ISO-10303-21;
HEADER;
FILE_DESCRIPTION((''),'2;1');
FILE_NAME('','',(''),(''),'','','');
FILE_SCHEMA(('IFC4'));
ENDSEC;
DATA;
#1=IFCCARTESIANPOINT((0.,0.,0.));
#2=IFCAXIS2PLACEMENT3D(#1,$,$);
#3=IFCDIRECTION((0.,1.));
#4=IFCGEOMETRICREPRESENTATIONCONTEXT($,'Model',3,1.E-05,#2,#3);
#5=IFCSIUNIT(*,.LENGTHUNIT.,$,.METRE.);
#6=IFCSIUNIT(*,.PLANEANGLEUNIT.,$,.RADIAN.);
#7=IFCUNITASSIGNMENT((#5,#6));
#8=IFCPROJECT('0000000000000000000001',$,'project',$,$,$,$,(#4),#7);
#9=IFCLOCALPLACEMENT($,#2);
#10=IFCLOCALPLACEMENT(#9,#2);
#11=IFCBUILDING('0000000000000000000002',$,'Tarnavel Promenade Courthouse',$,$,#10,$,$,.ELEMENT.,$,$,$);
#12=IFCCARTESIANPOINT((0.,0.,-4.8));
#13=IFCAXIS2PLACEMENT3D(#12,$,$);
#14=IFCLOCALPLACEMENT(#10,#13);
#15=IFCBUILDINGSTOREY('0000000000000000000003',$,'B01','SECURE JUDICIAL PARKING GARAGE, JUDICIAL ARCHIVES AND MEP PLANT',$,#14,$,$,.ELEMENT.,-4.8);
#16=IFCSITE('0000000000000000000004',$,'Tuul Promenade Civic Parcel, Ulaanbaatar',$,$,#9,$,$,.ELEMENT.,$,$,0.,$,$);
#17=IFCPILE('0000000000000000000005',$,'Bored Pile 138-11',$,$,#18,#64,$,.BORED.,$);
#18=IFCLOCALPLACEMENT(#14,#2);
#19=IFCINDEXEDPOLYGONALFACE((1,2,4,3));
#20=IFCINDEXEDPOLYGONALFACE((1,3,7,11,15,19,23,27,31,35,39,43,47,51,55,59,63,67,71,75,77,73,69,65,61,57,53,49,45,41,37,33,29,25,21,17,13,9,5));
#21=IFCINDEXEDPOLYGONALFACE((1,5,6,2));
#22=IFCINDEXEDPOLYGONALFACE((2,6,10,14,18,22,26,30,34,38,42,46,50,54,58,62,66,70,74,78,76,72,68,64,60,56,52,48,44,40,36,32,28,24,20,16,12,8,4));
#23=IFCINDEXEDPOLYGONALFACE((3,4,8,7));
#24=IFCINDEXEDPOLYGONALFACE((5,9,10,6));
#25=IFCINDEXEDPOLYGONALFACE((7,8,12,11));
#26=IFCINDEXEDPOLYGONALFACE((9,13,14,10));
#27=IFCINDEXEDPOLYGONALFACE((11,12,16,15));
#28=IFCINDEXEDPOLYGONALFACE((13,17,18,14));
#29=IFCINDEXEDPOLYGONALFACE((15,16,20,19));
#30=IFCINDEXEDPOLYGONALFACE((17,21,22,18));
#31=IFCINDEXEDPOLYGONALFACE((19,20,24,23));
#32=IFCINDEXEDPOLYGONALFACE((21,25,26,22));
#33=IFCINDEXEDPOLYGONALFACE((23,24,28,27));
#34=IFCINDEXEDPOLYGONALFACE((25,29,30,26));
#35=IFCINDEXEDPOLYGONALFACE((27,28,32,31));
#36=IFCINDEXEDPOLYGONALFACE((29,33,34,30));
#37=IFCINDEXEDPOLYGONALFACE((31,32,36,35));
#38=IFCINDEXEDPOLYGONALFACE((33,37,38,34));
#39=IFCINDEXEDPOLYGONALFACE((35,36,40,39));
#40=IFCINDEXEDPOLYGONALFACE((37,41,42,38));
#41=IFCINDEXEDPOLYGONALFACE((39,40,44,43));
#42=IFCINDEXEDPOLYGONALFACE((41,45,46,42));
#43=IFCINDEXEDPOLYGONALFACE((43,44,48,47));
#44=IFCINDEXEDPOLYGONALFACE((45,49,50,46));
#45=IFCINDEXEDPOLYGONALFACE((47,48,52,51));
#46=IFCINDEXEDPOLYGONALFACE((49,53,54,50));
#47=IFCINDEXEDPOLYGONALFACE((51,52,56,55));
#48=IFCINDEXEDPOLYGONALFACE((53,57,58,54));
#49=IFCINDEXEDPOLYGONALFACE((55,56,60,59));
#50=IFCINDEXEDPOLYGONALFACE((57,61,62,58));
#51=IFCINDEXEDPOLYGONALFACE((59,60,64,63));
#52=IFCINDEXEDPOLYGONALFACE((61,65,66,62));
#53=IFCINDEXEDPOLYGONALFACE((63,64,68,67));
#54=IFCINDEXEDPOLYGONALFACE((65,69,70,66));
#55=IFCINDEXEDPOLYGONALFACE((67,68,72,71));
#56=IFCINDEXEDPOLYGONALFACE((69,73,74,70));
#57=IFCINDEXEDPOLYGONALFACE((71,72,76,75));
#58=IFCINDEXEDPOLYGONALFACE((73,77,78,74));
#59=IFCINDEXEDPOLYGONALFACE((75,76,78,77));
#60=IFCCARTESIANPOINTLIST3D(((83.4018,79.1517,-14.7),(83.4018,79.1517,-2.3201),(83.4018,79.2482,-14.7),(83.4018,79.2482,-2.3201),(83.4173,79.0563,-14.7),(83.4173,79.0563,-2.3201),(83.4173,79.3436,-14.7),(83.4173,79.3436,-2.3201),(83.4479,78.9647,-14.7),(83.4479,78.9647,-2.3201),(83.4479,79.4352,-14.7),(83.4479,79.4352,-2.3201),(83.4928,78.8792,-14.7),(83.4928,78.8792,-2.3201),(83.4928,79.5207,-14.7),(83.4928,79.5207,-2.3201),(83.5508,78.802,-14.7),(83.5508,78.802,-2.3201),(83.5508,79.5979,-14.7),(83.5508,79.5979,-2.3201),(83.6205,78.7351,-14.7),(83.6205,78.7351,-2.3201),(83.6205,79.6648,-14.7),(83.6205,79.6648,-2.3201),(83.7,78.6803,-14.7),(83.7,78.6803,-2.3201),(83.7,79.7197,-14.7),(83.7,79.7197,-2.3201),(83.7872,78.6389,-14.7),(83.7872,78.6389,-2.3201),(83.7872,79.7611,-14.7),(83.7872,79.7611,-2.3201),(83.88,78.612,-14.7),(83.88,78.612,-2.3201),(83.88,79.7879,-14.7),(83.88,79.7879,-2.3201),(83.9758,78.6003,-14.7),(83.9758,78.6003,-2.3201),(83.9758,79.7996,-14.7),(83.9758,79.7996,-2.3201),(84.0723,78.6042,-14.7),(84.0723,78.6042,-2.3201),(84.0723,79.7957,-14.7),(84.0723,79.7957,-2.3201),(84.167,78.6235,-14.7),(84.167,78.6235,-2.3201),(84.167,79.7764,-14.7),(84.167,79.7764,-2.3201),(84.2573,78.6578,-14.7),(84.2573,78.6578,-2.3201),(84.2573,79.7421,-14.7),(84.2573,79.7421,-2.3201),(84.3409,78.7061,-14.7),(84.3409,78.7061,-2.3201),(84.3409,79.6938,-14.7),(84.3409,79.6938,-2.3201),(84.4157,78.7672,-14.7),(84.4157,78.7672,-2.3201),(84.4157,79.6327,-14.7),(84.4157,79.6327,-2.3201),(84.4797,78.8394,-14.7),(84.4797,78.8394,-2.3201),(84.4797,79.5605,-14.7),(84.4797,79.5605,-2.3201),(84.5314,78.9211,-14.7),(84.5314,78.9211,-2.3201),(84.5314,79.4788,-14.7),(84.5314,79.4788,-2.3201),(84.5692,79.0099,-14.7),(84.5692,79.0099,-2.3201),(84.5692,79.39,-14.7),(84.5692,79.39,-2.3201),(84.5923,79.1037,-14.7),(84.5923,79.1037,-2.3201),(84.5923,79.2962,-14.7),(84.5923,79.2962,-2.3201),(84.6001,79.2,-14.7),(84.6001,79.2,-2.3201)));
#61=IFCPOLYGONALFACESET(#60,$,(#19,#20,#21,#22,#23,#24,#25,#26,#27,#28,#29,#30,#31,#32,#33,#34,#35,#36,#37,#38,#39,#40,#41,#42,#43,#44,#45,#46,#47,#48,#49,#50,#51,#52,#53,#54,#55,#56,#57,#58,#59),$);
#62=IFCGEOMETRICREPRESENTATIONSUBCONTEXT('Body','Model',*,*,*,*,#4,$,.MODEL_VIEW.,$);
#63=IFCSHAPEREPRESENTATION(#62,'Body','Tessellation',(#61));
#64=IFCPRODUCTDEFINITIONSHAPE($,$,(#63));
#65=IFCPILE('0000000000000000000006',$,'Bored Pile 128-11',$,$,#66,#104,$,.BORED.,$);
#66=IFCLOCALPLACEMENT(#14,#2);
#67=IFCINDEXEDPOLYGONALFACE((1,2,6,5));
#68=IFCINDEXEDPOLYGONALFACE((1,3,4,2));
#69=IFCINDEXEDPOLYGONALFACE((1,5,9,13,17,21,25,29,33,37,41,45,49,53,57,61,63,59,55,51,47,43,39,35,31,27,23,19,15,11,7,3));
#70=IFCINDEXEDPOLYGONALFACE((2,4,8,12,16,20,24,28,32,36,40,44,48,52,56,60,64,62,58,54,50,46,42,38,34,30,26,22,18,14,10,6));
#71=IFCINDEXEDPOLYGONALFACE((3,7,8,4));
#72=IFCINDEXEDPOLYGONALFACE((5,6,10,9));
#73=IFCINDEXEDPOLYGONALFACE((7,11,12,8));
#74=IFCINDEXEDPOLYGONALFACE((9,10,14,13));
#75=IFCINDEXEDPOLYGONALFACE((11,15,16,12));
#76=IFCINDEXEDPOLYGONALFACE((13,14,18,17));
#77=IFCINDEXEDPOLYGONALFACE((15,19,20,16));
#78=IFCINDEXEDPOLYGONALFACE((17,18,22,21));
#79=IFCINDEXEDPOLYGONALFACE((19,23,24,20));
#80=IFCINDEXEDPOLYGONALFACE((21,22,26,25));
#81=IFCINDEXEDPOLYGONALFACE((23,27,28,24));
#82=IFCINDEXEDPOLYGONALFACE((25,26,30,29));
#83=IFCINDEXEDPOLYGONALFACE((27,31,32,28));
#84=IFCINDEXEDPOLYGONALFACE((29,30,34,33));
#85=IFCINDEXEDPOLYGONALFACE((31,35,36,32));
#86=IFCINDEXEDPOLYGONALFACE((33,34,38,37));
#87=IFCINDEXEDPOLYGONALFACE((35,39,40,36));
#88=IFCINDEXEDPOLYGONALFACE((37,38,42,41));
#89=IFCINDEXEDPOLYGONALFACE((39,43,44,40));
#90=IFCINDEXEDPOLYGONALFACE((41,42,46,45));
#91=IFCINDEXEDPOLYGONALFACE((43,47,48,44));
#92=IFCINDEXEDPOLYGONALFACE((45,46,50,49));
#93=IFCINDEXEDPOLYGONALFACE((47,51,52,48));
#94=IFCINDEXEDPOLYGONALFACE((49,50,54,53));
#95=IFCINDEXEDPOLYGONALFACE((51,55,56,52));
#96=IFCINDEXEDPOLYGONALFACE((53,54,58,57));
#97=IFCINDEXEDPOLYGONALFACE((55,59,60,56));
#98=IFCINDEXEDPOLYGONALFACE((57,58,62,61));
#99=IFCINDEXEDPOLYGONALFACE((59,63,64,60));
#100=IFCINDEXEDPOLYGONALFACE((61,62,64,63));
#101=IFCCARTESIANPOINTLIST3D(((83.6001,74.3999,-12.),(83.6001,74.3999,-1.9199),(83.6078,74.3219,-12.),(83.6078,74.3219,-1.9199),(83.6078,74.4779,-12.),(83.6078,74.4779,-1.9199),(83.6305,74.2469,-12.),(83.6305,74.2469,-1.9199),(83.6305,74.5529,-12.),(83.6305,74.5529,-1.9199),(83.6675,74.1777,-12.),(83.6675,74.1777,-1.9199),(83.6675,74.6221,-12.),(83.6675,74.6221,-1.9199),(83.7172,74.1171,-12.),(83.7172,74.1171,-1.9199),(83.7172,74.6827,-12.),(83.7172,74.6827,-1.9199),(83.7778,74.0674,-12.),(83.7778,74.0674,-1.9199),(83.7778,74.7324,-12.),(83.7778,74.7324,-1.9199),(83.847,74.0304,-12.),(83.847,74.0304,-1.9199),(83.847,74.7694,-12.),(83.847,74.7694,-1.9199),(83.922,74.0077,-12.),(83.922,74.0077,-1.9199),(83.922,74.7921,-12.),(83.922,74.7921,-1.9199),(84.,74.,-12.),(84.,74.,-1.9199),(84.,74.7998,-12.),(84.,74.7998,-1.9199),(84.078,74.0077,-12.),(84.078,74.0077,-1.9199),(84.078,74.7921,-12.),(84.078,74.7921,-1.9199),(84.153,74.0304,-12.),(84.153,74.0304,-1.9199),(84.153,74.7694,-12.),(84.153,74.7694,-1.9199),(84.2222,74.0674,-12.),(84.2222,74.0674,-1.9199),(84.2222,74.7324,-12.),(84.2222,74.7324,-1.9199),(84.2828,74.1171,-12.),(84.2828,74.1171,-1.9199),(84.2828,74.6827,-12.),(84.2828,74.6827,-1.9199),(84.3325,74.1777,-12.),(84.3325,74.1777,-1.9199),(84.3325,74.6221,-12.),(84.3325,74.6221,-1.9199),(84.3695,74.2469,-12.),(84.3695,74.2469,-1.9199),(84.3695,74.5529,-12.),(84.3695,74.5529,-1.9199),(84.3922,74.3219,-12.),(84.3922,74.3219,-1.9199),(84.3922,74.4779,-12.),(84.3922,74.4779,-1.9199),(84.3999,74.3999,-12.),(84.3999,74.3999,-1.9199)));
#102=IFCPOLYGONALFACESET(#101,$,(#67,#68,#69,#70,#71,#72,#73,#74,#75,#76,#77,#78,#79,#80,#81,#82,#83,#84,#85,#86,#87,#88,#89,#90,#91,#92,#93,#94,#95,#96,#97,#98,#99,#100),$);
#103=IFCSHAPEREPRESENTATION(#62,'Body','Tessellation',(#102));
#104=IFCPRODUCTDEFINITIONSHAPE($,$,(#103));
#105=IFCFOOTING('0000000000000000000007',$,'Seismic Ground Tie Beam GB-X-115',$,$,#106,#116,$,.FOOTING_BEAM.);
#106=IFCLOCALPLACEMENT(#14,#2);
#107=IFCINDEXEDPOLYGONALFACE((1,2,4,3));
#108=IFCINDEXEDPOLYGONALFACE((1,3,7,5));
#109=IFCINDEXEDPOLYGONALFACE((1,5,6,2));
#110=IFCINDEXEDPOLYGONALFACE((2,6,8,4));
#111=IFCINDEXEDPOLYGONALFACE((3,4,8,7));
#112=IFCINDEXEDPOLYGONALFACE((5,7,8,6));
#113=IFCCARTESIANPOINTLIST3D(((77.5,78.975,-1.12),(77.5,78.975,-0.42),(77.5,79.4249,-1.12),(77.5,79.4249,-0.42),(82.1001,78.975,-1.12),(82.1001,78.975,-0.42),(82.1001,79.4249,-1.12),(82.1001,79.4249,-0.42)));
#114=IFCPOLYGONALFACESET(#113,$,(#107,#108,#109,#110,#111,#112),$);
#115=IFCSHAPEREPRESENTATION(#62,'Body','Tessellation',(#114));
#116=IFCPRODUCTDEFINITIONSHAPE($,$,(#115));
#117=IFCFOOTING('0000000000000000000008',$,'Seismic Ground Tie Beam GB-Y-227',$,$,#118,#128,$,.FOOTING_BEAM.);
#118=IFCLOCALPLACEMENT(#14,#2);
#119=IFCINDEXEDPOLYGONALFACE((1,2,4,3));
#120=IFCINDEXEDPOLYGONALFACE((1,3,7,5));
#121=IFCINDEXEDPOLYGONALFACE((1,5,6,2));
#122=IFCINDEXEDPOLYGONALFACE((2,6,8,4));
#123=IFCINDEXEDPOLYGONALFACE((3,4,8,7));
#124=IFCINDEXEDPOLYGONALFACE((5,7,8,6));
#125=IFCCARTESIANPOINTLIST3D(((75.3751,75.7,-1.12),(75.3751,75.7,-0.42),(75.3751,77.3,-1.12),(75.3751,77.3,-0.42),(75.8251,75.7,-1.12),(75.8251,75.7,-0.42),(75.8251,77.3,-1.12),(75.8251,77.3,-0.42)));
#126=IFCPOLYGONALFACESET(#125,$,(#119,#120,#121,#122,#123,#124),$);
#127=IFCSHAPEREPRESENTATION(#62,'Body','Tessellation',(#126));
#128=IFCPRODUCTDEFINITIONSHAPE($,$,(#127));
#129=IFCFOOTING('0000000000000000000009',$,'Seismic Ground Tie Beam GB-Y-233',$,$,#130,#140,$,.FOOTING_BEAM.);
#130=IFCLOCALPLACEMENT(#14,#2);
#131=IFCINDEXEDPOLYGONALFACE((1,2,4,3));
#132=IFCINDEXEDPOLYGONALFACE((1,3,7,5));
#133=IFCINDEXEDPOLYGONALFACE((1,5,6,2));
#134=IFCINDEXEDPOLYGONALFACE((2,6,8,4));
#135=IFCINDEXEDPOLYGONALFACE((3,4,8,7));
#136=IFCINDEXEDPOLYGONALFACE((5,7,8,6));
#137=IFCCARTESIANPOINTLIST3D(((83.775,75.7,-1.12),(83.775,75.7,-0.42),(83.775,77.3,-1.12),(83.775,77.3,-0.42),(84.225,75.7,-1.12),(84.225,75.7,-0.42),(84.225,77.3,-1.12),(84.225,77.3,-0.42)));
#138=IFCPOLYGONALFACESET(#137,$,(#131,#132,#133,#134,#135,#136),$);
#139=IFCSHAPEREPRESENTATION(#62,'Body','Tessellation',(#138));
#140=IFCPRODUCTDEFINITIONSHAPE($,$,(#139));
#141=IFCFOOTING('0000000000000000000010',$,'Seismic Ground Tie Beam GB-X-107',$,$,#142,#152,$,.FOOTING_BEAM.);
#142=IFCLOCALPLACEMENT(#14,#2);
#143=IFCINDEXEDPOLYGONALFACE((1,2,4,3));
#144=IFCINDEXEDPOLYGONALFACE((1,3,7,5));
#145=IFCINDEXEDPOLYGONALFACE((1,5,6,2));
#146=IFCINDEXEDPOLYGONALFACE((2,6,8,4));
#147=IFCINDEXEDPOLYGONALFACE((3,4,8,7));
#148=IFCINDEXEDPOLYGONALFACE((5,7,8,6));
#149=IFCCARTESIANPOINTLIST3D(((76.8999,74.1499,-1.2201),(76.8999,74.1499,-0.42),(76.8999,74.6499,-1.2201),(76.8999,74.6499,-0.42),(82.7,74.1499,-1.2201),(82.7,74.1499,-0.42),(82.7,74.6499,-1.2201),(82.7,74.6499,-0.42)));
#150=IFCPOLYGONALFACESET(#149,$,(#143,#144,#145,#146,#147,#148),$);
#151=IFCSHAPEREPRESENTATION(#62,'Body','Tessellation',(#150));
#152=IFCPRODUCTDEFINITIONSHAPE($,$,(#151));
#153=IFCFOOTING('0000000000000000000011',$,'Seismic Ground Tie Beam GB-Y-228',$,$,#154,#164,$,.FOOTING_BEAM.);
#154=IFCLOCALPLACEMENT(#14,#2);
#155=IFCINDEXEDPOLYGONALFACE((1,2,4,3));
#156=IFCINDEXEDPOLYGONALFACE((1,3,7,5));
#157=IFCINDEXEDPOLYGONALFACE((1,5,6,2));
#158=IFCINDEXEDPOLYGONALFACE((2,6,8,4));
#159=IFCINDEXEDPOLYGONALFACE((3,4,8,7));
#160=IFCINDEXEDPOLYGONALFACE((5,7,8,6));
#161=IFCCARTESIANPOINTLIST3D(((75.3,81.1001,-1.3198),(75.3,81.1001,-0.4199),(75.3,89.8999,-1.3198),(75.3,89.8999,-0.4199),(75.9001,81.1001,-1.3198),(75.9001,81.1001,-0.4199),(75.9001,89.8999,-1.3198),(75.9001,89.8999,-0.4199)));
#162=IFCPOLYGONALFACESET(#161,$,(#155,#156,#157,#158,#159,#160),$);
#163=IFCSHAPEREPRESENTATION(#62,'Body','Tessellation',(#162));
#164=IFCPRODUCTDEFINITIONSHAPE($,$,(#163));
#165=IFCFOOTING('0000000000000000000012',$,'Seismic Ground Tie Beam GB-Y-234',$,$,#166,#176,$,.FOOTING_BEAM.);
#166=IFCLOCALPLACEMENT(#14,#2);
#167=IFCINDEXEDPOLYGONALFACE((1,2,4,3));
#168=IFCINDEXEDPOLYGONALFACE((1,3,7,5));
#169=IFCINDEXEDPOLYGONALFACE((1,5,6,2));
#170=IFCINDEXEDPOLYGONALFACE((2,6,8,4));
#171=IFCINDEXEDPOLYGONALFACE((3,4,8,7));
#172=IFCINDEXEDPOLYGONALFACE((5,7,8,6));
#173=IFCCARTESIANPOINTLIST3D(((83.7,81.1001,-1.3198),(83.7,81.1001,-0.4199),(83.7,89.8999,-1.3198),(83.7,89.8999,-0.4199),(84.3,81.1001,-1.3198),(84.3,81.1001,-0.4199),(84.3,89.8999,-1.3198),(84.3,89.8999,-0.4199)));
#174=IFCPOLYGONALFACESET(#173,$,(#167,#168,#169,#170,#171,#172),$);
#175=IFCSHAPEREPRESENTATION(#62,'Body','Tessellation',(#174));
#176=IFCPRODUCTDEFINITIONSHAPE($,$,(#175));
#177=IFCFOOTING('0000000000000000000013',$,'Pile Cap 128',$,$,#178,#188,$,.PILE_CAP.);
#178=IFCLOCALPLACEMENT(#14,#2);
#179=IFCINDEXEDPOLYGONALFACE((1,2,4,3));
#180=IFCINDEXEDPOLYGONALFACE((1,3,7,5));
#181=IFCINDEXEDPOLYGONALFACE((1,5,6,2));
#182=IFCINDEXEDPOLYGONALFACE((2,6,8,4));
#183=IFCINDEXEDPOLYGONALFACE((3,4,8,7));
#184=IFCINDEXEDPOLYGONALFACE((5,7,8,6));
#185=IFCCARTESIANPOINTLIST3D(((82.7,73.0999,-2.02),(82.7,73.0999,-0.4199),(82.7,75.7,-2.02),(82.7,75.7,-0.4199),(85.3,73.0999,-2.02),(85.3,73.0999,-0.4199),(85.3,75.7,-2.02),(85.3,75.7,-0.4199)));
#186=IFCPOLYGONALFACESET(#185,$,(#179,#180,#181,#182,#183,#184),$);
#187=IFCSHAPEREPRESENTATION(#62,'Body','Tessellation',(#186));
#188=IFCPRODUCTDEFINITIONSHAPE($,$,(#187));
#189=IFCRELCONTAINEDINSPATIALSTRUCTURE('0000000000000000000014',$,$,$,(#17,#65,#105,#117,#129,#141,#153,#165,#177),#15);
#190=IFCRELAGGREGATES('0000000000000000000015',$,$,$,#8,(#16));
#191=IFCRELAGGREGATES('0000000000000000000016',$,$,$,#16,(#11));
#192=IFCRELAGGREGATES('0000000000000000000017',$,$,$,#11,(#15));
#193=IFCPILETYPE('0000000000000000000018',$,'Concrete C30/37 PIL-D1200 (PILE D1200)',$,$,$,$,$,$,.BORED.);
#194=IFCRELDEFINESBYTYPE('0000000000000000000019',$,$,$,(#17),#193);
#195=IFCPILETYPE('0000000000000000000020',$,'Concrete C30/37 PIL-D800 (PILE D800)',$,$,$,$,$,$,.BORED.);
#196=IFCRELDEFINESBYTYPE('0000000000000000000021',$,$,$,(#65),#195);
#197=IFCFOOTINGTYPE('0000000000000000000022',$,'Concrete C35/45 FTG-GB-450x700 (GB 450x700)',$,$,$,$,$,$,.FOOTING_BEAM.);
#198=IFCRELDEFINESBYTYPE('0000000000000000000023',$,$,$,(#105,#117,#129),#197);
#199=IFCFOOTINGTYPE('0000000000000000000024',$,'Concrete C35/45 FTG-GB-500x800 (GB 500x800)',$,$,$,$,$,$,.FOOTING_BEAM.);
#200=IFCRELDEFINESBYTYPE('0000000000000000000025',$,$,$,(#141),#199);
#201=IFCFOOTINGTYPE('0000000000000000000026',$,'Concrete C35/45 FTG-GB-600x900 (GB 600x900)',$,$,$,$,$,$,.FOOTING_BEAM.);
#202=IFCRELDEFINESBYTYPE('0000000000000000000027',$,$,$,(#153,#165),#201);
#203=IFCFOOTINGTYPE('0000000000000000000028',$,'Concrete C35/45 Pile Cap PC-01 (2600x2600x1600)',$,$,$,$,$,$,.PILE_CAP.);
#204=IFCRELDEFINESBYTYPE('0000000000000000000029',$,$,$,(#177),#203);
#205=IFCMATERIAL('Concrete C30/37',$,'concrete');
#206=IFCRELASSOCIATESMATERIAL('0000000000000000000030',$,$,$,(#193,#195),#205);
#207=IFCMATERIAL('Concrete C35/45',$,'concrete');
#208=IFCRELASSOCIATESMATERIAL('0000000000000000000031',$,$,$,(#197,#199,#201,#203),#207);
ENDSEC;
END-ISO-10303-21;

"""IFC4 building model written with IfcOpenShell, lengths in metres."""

from ifc_helpers import new_model, si_unit, direction, frame, origin, origin_2d, place, context, subcontext, project, spatial, rectangle, circle, extrude, material, material_profile, profile_set, type_object, element, save


model = new_model("IFC4")

# Units and contexts
model_context = context("Model", 3, precision=1e-05, world=origin(), true_north=direction((0.0, 1.0)))
body_context = subcontext(model_context, "Body", "Model", "MODEL_VIEW")
ifc_project = project(units=[si_unit("LENGTHUNIT", "METRE"), si_unit("PLANEANGLEUNIT", "RADIAN")], contexts=[model_context])

# Site, building, storey
site_placement = place(None, origin())
site = spatial("IfcSite", under=ifc_project, at=site_placement, Name="Tuul Promenade Civic Parcel, Ulaanbaatar", CompositionType="ELEMENT", RefElevation=0.0)
building_placement = place(site_placement, origin())
building = spatial("IfcBuilding", under=site, at=building_placement, Name="Tarnavel Promenade Courthouse", CompositionType="ELEMENT")
storey_placement = place(building_placement, frame((0.0, 0.0, -4.8)))
storey = spatial("IfcBuildingStorey", under=building, at=storey_placement, Name="B01", Description="SECURE JUDICIAL PARKING GARAGE, JUDICIAL ARCHIVES AND MEP PLANT", CompositionType="ELEMENT", Elevation=-4.8)

# Piles
ifc_material_1 = material(Name="Concrete C30/37", Category="concrete")
ifc_material_profile_1 = material_profile(ifc_material_1, circle(Radius=0.6001, at=origin_2d()), Name="PILE D1200")
ifc_profile_set_1 = profile_set([ifc_material_profile_1], Name="Concrete C30/37")
pile_type_1 = type_object("IfcPileType", Name="Concrete C30/37 PIL-D1200 (PILE D1200)", PredefinedType="BORED", material=ifc_profile_set_1)
pile_1_placement = place(storey_placement, frame((84.0, 79.2, -2.3201), z_axis=(0.0, 0.0, -1.0), x_axis=(1.0, 0.0, 0.0)))
element("IfcPile", 1, at=pile_1_placement, inside=storey, type_object=pile_type_1, Name="Bored Pile 138-11", PredefinedType="BORED", context=body_context, shape_type="SweptSolid", body=[
    extrude(circle(Radius=0.6001, at=origin_2d()), origin(), (0.0, 0.0, 1.0), 12.3799),
])
ifc_material_profile_2 = material_profile(ifc_material_1, circle(Radius=0.3999, at=origin_2d()), Name="PILE D800")
ifc_profile_set_2 = profile_set([ifc_material_profile_2], Name="Concrete C30/37")
pile_type_2 = type_object("IfcPileType", Name="Concrete C30/37 PIL-D800 (PILE D800)", PredefinedType="BORED", material=ifc_profile_set_2)
pile_2_placement = place(storey_placement, frame((84.0, 74.3999, -1.9199), z_axis=(0.0, 0.0, -1.0), x_axis=(1.0, 0.0, 0.0)))
element("IfcPile", 2, at=pile_2_placement, inside=storey, type_object=pile_type_2, Name="Bored Pile 128-11", PredefinedType="BORED", context=body_context, shape_type="SweptSolid", body=[
    extrude(circle(Radius=0.3999, at=origin_2d()), origin(), (0.0, 0.0, 1.0), 10.0801),
])

# Footings
ifc_material_2 = material(Name="Concrete C35/45", Category="concrete")
ifc_material_profile_3 = material_profile(ifc_material_2, rectangle(XDim=0.45, YDim=0.7, at=origin_2d()), Name="GB 450x700")
ifc_profile_set_3 = profile_set([ifc_material_profile_3], Name="Concrete C35/45")
footing_type_1 = type_object("IfcFootingType", Name="Concrete C35/45 FTG-GB-450x700 (GB 450x700)", PredefinedType="FOOTING_BEAM", material=ifc_profile_set_3)
footing_1_placement = place(storey_placement, frame((77.5, 79.2, -0.77), z_axis=(1.0, 0.0, 0.0), x_axis=(0.0, 1.0, 0.0)))
element("IfcFooting", 3, at=footing_1_placement, inside=storey, type_object=footing_type_1, Name="Seismic Ground Tie Beam GB-X-115", PredefinedType="FOOTING_BEAM", context=body_context, shape_type="SweptSolid", body=[
    extrude(rectangle(XDim=0.45, YDim=0.7, at=origin_2d()), origin(), (0.0, 0.0, 1.0), 4.6001),
])
for number, where, z_axis, x_axis, name in (
    (4, (75.6001, 75.7, -0.77), (0.0, 1.0, 0.0), (-1.0, 0.0, 0.0), "Seismic Ground Tie Beam GB-Y-227"),
    (5, (84.0, 75.7, -0.77), (0.0, 1.0, 0.0), (-1.0, 0.0, 0.0), "Seismic Ground Tie Beam GB-Y-233"),
):
    element("IfcFooting", number, at=place(storey_placement, frame(where, z_axis=z_axis, x_axis=x_axis)), inside=storey, type_object=footing_type_1, Name=name, PredefinedType="FOOTING_BEAM", context=body_context, shape_type="SweptSolid", body=[
        extrude(rectangle(XDim=0.45, YDim=0.7, at=origin_2d()), origin(), (0.0, 0.0, 1.0), 1.6001),
    ])
ifc_material_profile_4 = material_profile(ifc_material_2, rectangle(XDim=0.5, YDim=0.8, at=origin_2d()), Name="GB 500x800")
ifc_profile_set_4 = profile_set([ifc_material_profile_4], Name="Concrete C35/45")
footing_type_2 = type_object("IfcFootingType", Name="Concrete C35/45 FTG-GB-500x800 (GB 500x800)", PredefinedType="FOOTING_BEAM", material=ifc_profile_set_4)
footing_2_placement = place(storey_placement, frame((76.8999, 74.3999, -0.8201), z_axis=(1.0, 0.0, 0.0), x_axis=(0.0, 1.0, 0.0)))
element("IfcFooting", 6, at=footing_2_placement, inside=storey, type_object=footing_type_2, Name="Seismic Ground Tie Beam GB-X-107", PredefinedType="FOOTING_BEAM", context=body_context, shape_type="SweptSolid", body=[
    extrude(rectangle(XDim=0.5, YDim=0.8, at=origin_2d()), origin(), (0.0, 0.0, 1.0), 5.8),
])
ifc_material_profile_5 = material_profile(ifc_material_2, rectangle(XDim=0.6001, YDim=0.8999, at=origin_2d()), Name="GB 600x900")
ifc_profile_set_5 = profile_set([ifc_material_profile_5], Name="Concrete C35/45")
footing_type_3 = type_object("IfcFootingType", Name="Concrete C35/45 FTG-GB-600x900 (GB 600x900)", PredefinedType="FOOTING_BEAM", material=ifc_profile_set_5)
for number, where, z_axis, x_axis, name in (
    (7, (75.6001, 81.1001, -0.8699), (0.0, 1.0, 0.0), (-1.0, 0.0, 0.0), "Seismic Ground Tie Beam GB-Y-228"),
    (8, (84.0, 81.1001, -0.8699), (0.0, 1.0, 0.0), (-1.0, 0.0, 0.0), "Seismic Ground Tie Beam GB-Y-234"),
):
    element("IfcFooting", number, at=place(storey_placement, frame(where, z_axis=z_axis, x_axis=x_axis)), inside=storey, type_object=footing_type_3, Name=name, PredefinedType="FOOTING_BEAM", context=body_context, shape_type="SweptSolid", body=[
        extrude(rectangle(XDim=0.6001, YDim=0.8999, at=origin_2d()), origin(), (0.0, 0.0, 1.0), 8.7998),
    ])
footing_type_4 = type_object("IfcFootingType", Name="Concrete C35/45 Pile Cap PC-01 (2600x2600x1600)", PredefinedType="PILE_CAP", material=ifc_material_2)
footing_3_placement = place(storey_placement, frame((84.0, 74.3999, -2.02), z_axis=(0.0, 0.0, 1.0), x_axis=(1.0, 0.0, 0.0)))
element("IfcFooting", 9, at=footing_3_placement, inside=storey, type_object=footing_type_4, Name="Pile Cap 128", PredefinedType="PILE_CAP", context=body_context, shape_type="SweptSolid", body=[
    extrude(rectangle(XDim=2.6001, YDim=2.6001, at=origin_2d()), origin(), (0.0, 0.0, 1.0), 1.6001),
])

save(model, "model.ifc")
